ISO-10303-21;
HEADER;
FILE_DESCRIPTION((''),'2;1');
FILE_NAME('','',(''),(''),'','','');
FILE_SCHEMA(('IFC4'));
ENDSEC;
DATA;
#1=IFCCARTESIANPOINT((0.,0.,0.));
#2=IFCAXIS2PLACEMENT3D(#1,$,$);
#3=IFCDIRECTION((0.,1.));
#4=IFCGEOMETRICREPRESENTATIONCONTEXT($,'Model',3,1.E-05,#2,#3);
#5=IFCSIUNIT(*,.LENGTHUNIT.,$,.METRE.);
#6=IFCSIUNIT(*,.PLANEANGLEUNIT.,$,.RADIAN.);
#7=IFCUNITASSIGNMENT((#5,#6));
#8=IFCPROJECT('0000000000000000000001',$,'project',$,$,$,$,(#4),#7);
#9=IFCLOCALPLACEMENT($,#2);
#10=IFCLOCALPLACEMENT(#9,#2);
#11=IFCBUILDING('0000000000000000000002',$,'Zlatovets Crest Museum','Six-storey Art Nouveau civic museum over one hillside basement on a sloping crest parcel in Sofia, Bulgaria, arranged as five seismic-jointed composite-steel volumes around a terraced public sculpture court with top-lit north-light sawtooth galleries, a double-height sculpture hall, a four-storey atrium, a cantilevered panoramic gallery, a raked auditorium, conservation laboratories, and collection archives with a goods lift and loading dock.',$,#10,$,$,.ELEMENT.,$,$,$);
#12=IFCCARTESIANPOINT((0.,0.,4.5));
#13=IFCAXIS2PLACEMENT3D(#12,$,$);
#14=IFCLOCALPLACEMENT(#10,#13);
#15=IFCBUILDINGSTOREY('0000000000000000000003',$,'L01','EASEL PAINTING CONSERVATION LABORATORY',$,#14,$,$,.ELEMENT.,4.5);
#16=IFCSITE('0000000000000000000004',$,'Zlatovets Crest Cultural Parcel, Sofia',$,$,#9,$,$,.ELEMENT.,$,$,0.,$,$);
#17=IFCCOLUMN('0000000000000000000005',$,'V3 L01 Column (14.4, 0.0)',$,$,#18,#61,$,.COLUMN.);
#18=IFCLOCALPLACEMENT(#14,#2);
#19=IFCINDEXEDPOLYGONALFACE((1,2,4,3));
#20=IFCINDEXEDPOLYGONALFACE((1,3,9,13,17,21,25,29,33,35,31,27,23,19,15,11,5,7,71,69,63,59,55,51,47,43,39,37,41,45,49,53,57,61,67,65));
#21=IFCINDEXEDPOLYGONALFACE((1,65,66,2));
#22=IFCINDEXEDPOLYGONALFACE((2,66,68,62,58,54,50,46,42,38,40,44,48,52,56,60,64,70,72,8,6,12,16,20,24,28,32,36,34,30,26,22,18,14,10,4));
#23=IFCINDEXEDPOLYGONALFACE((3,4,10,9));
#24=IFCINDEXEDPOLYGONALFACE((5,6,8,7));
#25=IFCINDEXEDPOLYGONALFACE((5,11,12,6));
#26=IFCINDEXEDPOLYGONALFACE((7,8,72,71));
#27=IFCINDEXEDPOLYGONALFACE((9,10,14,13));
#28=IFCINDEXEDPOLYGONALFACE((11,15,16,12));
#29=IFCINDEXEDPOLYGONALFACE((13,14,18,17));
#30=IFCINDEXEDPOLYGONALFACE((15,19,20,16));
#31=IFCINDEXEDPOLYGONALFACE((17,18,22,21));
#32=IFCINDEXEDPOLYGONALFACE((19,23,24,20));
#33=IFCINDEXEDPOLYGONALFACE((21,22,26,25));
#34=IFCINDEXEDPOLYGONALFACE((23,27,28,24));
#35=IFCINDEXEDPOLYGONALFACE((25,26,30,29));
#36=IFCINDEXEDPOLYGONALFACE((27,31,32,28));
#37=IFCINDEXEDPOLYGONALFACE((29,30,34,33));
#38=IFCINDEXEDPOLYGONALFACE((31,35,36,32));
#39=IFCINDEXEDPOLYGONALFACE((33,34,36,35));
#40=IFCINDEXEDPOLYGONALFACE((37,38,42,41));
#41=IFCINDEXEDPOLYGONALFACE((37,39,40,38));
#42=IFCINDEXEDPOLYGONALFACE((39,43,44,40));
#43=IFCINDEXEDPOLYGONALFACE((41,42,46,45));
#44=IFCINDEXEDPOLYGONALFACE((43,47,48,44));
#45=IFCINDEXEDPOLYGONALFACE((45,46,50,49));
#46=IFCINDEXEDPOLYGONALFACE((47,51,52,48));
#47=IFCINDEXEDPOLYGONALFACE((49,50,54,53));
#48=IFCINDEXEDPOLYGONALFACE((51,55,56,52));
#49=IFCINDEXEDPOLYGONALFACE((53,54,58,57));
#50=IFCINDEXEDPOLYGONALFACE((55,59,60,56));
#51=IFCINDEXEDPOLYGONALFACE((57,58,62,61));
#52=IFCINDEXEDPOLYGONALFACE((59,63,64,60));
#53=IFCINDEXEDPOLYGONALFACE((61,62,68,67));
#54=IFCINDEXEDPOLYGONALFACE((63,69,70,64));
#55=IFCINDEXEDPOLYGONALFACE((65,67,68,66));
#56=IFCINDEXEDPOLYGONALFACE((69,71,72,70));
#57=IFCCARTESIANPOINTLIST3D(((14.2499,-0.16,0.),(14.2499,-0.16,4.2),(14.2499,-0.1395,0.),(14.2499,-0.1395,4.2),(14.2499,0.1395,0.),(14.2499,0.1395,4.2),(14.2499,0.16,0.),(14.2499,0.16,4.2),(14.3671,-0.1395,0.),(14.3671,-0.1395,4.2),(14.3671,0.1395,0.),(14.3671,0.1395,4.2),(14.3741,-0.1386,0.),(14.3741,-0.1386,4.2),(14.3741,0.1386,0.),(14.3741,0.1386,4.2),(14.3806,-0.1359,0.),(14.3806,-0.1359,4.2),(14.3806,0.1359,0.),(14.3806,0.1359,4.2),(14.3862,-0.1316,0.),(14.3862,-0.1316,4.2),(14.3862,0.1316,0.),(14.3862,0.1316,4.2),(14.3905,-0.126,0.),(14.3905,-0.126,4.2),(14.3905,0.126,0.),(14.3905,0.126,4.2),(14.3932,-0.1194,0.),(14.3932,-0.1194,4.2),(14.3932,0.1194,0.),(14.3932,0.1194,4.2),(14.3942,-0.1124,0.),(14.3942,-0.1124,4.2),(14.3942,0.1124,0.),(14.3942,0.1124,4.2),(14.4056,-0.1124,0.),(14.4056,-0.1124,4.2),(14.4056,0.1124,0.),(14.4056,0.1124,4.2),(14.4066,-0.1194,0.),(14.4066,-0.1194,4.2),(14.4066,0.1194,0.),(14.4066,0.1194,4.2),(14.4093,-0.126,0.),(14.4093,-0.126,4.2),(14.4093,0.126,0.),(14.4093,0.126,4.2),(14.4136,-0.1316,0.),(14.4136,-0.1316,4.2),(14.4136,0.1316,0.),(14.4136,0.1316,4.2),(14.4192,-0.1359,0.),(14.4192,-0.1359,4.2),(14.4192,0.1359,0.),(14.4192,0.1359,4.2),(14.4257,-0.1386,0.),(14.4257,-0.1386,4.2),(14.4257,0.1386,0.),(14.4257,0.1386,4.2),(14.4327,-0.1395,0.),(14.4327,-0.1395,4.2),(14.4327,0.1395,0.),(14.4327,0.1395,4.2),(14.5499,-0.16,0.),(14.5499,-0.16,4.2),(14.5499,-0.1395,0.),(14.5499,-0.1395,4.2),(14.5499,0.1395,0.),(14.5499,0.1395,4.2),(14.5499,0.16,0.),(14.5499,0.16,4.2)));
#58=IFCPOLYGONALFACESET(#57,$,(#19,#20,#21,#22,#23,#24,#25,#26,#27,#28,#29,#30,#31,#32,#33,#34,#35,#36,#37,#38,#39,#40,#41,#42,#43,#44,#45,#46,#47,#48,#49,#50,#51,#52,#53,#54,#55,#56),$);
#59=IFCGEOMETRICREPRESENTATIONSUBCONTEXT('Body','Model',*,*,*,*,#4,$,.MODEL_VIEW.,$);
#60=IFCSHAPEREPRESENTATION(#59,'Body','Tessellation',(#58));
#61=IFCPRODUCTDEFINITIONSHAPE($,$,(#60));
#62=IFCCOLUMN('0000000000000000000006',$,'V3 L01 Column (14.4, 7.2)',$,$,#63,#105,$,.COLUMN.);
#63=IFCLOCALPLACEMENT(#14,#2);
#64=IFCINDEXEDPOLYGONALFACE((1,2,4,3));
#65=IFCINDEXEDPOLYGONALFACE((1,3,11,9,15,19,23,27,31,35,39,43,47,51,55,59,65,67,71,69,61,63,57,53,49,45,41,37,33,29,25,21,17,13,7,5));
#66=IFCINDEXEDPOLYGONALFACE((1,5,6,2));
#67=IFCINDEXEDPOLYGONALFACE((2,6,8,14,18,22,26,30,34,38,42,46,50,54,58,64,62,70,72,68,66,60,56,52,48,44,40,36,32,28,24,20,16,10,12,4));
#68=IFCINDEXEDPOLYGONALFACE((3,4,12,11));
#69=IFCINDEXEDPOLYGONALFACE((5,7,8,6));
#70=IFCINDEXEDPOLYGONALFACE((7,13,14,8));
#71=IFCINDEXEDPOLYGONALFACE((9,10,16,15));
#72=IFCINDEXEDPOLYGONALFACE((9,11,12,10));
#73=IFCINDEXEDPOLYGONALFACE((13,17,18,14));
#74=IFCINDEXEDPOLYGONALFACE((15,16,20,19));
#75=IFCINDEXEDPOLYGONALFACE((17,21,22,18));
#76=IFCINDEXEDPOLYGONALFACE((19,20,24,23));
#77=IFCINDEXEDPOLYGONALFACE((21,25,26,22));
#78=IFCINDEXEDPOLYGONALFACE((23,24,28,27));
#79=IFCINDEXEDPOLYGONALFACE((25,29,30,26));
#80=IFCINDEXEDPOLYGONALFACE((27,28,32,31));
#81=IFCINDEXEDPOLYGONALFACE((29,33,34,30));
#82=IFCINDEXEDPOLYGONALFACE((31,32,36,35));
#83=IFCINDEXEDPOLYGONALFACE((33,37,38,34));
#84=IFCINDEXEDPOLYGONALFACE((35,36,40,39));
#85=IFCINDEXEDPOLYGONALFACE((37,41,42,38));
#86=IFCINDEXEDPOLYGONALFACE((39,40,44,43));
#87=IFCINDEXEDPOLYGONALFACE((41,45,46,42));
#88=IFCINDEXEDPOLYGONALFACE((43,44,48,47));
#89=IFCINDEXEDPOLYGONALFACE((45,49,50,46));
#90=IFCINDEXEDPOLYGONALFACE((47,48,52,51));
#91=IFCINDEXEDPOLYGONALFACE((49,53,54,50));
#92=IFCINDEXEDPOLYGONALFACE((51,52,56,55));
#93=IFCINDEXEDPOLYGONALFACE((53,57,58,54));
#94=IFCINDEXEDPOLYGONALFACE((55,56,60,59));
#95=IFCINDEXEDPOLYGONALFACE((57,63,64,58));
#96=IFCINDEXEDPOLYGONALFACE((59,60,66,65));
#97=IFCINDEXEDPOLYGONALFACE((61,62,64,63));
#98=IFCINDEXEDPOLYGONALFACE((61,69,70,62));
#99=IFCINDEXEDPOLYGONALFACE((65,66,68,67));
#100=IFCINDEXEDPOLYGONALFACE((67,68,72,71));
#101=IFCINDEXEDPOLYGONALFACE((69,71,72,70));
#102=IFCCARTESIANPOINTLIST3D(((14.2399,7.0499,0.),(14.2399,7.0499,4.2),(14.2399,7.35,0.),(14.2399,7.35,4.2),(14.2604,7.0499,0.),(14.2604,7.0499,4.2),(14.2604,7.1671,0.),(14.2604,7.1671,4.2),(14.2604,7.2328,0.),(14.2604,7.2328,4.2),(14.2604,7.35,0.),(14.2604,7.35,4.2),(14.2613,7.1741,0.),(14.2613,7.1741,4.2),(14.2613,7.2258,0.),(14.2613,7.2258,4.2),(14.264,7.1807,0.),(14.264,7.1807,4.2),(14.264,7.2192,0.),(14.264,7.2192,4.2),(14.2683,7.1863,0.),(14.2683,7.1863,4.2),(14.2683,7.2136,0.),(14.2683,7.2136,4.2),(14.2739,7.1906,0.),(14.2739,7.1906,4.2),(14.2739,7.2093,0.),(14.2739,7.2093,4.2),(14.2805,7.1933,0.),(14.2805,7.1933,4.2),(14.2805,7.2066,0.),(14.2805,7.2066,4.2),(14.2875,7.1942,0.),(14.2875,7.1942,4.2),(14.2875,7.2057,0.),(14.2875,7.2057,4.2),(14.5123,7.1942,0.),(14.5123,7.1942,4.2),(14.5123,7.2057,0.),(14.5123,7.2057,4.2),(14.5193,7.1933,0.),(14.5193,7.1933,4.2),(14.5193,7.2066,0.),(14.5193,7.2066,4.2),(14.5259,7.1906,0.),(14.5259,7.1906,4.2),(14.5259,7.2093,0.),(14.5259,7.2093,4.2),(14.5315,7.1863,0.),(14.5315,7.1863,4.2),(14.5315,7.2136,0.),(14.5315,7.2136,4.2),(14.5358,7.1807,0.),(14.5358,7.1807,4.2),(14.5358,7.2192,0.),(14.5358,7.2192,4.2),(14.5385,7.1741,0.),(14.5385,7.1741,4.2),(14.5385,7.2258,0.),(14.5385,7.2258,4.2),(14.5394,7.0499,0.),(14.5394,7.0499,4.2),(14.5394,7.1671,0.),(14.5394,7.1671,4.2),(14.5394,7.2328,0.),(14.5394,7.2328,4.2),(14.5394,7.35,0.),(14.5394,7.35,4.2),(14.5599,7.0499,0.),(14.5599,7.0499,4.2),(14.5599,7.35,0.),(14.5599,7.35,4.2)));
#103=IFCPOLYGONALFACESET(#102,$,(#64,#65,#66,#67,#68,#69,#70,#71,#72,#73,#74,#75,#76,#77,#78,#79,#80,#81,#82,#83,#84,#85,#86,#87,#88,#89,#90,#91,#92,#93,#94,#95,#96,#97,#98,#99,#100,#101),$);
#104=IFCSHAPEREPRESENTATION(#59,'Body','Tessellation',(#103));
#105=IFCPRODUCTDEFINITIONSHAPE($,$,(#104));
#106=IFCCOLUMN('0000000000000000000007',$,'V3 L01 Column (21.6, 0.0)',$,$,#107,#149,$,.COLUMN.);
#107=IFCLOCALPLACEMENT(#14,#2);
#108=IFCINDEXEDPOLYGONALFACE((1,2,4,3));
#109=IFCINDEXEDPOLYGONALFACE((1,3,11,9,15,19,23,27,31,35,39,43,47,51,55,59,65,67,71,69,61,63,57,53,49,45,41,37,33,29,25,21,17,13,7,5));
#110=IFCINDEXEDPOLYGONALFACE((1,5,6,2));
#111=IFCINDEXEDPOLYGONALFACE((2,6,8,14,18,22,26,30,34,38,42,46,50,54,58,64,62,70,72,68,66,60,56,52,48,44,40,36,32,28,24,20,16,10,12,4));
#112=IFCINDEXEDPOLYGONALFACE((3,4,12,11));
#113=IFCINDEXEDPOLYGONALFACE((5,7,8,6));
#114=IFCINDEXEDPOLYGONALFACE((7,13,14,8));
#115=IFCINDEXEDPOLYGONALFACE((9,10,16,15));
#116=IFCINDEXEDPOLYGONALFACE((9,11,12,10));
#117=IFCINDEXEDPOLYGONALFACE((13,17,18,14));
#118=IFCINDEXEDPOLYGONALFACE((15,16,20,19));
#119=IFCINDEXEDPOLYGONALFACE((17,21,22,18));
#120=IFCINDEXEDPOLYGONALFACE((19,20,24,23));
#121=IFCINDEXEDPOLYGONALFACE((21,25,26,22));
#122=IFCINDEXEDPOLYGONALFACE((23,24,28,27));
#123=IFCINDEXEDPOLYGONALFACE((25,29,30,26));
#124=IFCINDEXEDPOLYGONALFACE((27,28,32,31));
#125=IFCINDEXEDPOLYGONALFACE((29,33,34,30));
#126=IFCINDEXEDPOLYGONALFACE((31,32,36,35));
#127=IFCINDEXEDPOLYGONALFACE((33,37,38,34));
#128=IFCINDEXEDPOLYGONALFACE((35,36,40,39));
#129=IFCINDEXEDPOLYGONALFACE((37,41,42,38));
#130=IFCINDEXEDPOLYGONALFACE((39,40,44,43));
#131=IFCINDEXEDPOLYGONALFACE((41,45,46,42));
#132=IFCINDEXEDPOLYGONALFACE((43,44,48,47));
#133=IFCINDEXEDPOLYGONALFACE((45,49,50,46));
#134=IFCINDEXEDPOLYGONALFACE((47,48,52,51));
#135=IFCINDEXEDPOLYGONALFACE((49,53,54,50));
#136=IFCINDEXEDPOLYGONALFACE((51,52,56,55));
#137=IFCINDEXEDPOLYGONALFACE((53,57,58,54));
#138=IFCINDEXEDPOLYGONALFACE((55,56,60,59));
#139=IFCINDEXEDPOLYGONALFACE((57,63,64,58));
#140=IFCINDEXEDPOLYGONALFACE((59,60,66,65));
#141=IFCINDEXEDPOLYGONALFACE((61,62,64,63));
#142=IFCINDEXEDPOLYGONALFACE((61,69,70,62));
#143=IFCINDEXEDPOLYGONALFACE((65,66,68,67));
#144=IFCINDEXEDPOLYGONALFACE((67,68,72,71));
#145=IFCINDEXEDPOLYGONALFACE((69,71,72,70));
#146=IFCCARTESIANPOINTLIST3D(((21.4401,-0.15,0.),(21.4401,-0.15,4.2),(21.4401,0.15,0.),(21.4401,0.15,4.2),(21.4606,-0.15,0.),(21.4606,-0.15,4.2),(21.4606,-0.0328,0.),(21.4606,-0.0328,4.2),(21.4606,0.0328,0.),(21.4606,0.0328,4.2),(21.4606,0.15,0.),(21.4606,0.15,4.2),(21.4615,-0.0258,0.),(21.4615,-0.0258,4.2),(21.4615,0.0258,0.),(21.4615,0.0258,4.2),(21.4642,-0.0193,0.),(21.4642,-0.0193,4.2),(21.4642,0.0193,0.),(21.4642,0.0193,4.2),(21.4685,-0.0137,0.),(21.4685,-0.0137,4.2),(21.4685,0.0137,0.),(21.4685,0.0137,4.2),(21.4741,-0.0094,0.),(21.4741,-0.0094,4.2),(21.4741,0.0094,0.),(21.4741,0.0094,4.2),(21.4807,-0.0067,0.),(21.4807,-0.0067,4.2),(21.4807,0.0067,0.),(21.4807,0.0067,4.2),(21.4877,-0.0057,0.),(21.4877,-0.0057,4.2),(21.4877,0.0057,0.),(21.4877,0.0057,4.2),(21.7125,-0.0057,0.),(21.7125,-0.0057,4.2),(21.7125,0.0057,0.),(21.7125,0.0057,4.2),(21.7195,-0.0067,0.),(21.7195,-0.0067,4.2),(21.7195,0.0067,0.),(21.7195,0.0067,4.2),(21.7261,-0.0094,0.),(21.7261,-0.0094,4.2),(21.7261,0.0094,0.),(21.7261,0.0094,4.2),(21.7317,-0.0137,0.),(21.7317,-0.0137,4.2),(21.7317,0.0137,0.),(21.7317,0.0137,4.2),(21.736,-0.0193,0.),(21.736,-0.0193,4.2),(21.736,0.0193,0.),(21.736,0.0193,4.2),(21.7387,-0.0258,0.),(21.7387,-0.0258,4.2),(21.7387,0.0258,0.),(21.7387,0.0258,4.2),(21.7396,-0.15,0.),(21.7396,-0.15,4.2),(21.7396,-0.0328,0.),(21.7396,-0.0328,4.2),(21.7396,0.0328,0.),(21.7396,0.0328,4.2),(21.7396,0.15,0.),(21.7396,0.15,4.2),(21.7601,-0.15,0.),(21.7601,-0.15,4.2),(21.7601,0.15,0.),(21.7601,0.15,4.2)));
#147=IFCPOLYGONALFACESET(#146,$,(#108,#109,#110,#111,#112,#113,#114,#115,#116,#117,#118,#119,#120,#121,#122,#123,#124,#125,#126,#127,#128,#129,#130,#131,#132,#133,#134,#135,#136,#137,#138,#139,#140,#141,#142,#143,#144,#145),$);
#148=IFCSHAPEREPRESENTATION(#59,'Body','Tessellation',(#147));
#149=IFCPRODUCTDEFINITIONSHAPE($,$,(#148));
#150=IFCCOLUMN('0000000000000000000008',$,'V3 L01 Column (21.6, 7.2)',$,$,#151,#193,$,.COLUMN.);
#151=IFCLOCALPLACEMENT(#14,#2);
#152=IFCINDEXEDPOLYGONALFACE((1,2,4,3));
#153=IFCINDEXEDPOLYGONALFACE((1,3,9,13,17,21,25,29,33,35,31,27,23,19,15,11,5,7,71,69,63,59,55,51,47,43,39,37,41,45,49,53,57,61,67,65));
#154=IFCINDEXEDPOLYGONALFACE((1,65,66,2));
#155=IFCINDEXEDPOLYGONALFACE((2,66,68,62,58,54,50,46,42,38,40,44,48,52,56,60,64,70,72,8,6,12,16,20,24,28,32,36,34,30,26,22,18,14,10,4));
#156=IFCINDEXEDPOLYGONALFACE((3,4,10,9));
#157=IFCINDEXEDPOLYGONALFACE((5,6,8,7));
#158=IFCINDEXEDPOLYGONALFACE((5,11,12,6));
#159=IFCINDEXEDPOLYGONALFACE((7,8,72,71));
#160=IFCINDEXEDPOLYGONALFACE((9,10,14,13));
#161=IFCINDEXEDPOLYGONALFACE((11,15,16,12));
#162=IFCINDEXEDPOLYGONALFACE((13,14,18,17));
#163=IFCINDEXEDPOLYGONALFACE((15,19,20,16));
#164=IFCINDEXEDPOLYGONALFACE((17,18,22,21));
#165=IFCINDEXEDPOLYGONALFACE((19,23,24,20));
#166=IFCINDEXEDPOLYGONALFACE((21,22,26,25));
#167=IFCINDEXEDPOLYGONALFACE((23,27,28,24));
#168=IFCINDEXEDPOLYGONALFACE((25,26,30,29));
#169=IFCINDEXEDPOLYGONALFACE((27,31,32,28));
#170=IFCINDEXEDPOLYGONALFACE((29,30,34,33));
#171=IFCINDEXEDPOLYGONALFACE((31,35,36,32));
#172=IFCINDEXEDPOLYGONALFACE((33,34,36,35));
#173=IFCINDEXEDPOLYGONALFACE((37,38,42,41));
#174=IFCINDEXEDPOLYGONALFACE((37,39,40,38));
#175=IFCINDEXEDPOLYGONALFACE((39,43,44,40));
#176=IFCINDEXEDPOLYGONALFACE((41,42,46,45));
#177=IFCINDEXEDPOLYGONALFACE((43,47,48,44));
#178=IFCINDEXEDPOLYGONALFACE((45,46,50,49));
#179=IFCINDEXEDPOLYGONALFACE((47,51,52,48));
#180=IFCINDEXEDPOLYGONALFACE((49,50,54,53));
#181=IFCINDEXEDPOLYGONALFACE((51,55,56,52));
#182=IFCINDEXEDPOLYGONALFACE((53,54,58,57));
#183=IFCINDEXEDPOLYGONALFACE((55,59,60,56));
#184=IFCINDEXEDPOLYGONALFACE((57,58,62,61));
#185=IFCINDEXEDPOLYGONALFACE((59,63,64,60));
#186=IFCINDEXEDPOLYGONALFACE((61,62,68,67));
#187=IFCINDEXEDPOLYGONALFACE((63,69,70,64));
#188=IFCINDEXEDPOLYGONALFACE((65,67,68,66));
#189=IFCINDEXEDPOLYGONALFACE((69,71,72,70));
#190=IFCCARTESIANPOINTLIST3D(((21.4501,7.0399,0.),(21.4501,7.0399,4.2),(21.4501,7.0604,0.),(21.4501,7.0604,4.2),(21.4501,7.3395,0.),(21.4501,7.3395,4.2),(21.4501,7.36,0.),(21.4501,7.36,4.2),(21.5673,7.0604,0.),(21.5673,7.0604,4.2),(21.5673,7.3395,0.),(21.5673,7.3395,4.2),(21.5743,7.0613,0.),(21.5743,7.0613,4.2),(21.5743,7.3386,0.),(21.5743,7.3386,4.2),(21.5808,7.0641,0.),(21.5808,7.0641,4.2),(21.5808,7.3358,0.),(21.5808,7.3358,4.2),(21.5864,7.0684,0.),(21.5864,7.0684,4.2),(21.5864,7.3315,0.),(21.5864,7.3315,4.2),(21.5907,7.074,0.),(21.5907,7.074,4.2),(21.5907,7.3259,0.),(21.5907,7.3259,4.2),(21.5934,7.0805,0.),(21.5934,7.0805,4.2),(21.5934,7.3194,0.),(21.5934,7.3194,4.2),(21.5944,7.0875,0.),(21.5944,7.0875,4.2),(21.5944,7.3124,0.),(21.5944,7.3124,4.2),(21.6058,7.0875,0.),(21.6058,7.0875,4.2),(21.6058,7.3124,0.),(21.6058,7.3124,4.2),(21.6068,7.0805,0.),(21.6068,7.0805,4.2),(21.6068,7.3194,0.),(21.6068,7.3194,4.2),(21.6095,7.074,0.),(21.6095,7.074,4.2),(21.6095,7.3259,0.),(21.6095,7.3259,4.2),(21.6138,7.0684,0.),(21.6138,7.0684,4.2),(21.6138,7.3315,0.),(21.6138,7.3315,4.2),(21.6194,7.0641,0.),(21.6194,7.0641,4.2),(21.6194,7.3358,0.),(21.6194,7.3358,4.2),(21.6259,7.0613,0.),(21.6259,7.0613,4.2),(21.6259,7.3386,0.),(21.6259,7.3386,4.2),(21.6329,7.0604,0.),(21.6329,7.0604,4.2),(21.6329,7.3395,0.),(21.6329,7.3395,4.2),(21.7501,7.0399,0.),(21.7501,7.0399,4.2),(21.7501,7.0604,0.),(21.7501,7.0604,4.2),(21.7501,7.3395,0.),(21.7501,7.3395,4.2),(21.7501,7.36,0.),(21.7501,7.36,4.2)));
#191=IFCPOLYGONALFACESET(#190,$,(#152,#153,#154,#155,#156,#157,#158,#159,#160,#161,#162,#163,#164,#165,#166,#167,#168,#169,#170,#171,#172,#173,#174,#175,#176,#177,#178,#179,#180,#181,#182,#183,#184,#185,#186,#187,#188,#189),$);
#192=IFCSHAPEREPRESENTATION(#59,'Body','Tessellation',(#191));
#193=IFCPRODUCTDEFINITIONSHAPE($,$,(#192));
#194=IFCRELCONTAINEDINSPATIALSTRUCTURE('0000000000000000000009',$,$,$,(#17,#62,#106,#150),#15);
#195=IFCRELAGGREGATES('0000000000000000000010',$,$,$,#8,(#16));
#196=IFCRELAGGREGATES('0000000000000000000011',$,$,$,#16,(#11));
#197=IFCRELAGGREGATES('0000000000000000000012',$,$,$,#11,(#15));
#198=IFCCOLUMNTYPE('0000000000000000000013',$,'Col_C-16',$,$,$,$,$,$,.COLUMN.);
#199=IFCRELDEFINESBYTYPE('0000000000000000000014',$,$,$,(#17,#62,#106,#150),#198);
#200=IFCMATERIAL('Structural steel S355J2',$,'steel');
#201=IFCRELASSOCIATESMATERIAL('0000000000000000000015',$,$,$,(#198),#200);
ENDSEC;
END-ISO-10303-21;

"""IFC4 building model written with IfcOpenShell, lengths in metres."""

from ifc_helpers import new_model, si_unit, direction, frame, origin, origin_2d, place, context, subcontext, project, spatial, i_section, extrude, material, material_profile, profile_set, type_object, element, save


model = new_model("IFC4")

# Units and contexts
model_context = context("Model", 3, precision=1e-05, world=origin(), true_north=direction((0.0, 1.0)))
body_context = subcontext(model_context, "Body", "Model", "MODEL_VIEW")
ifc_project = project(units=[si_unit("LENGTHUNIT", "METRE"), si_unit("PLANEANGLEUNIT", "RADIAN")], contexts=[model_context])

# Site, building, storey
site_placement = place(None, origin())
site = spatial("IfcSite", under=ifc_project, at=site_placement, Name="Zlatovets Crest Cultural Parcel, Sofia", CompositionType="ELEMENT", RefElevation=0.0)
building_placement = place(site_placement, origin())
building = spatial("IfcBuilding", under=site, at=building_placement, Name="Zlatovets Crest Museum", Description="Six-storey Art Nouveau civic museum over one hillside basement on a sloping crest parcel in Sofia, Bulgaria, arranged as five seismic-jointed composite-steel volumes around a terraced public sculpture court with top-lit north-light sawtooth galleries, a double-height sculpture hall, a four-storey atrium, a cantilevered panoramic gallery, a raked auditorium, conservation laboratories, and collection archives with a goods lift and loading dock.", CompositionType="ELEMENT")
storey_placement = place(building_placement, frame((0.0, 0.0, 4.5)))
storey = spatial("IfcBuildingStorey", under=building, at=storey_placement, Name="L01", Description="EASEL PAINTING CONSERVATION LABORATORY", CompositionType="ELEMENT", Elevation=4.5)

# Columns
ifc_material_1 = material(Name="Structural steel S355J2", Category="steel")
ifc_material_profile_1 = material_profile(ifc_material_1, i_section(OverallWidth=0.3, OverallDepth=0.3201, WebThickness=0.0115, FlangeThickness=0.0205, FilletRadius=0.0271, at=origin_2d()), Name="HEB 320")
ifc_profile_set_1 = profile_set([ifc_material_profile_1], Name="Structural steel S355J2")
column_type = type_object("IfcColumnType", Name="Col_C-16", PredefinedType="COLUMN", material=ifc_profile_set_1)
for number, where, z_axis, x_axis, name in (
    (1, (14.3999, 0.0, 0.0), (0.0, 0.0, 1.0), (1.0, 0.0, 0.0), "V3 L01 Column (14.4, 0.0)"),
    (2, (14.3999, 7.2, 0.0), (0.0, 0.0, 1.0), (0.0, 1.0, 0.0), "V3 L01 Column (14.4, 7.2)"),
    (3, (21.6001, 0.0, 0.0), (0.0, 0.0, 1.0), (0.0, 1.0, 0.0), "V3 L01 Column (21.6, 0.0)"),
    (4, (21.6001, 7.2, 0.0), (0.0, 0.0, 1.0), (1.0, 0.0, 0.0), "V3 L01 Column (21.6, 7.2)"),
):
    element("IfcColumn", number, at=place(storey_placement, frame(where, z_axis=z_axis, x_axis=x_axis)), inside=storey, type_object=column_type, Name=name, PredefinedType="COLUMN", context=body_context, shape_type="SweptSolid", body=[
        extrude(i_section(OverallWidth=0.3, OverallDepth=0.3201, WebThickness=0.0115, FlangeThickness=0.0205, FilletRadius=0.0271, at=origin_2d()), origin(), (0.0, 0.0, 1.0), 4.2),
    ])

save(model, "model.ifc")
